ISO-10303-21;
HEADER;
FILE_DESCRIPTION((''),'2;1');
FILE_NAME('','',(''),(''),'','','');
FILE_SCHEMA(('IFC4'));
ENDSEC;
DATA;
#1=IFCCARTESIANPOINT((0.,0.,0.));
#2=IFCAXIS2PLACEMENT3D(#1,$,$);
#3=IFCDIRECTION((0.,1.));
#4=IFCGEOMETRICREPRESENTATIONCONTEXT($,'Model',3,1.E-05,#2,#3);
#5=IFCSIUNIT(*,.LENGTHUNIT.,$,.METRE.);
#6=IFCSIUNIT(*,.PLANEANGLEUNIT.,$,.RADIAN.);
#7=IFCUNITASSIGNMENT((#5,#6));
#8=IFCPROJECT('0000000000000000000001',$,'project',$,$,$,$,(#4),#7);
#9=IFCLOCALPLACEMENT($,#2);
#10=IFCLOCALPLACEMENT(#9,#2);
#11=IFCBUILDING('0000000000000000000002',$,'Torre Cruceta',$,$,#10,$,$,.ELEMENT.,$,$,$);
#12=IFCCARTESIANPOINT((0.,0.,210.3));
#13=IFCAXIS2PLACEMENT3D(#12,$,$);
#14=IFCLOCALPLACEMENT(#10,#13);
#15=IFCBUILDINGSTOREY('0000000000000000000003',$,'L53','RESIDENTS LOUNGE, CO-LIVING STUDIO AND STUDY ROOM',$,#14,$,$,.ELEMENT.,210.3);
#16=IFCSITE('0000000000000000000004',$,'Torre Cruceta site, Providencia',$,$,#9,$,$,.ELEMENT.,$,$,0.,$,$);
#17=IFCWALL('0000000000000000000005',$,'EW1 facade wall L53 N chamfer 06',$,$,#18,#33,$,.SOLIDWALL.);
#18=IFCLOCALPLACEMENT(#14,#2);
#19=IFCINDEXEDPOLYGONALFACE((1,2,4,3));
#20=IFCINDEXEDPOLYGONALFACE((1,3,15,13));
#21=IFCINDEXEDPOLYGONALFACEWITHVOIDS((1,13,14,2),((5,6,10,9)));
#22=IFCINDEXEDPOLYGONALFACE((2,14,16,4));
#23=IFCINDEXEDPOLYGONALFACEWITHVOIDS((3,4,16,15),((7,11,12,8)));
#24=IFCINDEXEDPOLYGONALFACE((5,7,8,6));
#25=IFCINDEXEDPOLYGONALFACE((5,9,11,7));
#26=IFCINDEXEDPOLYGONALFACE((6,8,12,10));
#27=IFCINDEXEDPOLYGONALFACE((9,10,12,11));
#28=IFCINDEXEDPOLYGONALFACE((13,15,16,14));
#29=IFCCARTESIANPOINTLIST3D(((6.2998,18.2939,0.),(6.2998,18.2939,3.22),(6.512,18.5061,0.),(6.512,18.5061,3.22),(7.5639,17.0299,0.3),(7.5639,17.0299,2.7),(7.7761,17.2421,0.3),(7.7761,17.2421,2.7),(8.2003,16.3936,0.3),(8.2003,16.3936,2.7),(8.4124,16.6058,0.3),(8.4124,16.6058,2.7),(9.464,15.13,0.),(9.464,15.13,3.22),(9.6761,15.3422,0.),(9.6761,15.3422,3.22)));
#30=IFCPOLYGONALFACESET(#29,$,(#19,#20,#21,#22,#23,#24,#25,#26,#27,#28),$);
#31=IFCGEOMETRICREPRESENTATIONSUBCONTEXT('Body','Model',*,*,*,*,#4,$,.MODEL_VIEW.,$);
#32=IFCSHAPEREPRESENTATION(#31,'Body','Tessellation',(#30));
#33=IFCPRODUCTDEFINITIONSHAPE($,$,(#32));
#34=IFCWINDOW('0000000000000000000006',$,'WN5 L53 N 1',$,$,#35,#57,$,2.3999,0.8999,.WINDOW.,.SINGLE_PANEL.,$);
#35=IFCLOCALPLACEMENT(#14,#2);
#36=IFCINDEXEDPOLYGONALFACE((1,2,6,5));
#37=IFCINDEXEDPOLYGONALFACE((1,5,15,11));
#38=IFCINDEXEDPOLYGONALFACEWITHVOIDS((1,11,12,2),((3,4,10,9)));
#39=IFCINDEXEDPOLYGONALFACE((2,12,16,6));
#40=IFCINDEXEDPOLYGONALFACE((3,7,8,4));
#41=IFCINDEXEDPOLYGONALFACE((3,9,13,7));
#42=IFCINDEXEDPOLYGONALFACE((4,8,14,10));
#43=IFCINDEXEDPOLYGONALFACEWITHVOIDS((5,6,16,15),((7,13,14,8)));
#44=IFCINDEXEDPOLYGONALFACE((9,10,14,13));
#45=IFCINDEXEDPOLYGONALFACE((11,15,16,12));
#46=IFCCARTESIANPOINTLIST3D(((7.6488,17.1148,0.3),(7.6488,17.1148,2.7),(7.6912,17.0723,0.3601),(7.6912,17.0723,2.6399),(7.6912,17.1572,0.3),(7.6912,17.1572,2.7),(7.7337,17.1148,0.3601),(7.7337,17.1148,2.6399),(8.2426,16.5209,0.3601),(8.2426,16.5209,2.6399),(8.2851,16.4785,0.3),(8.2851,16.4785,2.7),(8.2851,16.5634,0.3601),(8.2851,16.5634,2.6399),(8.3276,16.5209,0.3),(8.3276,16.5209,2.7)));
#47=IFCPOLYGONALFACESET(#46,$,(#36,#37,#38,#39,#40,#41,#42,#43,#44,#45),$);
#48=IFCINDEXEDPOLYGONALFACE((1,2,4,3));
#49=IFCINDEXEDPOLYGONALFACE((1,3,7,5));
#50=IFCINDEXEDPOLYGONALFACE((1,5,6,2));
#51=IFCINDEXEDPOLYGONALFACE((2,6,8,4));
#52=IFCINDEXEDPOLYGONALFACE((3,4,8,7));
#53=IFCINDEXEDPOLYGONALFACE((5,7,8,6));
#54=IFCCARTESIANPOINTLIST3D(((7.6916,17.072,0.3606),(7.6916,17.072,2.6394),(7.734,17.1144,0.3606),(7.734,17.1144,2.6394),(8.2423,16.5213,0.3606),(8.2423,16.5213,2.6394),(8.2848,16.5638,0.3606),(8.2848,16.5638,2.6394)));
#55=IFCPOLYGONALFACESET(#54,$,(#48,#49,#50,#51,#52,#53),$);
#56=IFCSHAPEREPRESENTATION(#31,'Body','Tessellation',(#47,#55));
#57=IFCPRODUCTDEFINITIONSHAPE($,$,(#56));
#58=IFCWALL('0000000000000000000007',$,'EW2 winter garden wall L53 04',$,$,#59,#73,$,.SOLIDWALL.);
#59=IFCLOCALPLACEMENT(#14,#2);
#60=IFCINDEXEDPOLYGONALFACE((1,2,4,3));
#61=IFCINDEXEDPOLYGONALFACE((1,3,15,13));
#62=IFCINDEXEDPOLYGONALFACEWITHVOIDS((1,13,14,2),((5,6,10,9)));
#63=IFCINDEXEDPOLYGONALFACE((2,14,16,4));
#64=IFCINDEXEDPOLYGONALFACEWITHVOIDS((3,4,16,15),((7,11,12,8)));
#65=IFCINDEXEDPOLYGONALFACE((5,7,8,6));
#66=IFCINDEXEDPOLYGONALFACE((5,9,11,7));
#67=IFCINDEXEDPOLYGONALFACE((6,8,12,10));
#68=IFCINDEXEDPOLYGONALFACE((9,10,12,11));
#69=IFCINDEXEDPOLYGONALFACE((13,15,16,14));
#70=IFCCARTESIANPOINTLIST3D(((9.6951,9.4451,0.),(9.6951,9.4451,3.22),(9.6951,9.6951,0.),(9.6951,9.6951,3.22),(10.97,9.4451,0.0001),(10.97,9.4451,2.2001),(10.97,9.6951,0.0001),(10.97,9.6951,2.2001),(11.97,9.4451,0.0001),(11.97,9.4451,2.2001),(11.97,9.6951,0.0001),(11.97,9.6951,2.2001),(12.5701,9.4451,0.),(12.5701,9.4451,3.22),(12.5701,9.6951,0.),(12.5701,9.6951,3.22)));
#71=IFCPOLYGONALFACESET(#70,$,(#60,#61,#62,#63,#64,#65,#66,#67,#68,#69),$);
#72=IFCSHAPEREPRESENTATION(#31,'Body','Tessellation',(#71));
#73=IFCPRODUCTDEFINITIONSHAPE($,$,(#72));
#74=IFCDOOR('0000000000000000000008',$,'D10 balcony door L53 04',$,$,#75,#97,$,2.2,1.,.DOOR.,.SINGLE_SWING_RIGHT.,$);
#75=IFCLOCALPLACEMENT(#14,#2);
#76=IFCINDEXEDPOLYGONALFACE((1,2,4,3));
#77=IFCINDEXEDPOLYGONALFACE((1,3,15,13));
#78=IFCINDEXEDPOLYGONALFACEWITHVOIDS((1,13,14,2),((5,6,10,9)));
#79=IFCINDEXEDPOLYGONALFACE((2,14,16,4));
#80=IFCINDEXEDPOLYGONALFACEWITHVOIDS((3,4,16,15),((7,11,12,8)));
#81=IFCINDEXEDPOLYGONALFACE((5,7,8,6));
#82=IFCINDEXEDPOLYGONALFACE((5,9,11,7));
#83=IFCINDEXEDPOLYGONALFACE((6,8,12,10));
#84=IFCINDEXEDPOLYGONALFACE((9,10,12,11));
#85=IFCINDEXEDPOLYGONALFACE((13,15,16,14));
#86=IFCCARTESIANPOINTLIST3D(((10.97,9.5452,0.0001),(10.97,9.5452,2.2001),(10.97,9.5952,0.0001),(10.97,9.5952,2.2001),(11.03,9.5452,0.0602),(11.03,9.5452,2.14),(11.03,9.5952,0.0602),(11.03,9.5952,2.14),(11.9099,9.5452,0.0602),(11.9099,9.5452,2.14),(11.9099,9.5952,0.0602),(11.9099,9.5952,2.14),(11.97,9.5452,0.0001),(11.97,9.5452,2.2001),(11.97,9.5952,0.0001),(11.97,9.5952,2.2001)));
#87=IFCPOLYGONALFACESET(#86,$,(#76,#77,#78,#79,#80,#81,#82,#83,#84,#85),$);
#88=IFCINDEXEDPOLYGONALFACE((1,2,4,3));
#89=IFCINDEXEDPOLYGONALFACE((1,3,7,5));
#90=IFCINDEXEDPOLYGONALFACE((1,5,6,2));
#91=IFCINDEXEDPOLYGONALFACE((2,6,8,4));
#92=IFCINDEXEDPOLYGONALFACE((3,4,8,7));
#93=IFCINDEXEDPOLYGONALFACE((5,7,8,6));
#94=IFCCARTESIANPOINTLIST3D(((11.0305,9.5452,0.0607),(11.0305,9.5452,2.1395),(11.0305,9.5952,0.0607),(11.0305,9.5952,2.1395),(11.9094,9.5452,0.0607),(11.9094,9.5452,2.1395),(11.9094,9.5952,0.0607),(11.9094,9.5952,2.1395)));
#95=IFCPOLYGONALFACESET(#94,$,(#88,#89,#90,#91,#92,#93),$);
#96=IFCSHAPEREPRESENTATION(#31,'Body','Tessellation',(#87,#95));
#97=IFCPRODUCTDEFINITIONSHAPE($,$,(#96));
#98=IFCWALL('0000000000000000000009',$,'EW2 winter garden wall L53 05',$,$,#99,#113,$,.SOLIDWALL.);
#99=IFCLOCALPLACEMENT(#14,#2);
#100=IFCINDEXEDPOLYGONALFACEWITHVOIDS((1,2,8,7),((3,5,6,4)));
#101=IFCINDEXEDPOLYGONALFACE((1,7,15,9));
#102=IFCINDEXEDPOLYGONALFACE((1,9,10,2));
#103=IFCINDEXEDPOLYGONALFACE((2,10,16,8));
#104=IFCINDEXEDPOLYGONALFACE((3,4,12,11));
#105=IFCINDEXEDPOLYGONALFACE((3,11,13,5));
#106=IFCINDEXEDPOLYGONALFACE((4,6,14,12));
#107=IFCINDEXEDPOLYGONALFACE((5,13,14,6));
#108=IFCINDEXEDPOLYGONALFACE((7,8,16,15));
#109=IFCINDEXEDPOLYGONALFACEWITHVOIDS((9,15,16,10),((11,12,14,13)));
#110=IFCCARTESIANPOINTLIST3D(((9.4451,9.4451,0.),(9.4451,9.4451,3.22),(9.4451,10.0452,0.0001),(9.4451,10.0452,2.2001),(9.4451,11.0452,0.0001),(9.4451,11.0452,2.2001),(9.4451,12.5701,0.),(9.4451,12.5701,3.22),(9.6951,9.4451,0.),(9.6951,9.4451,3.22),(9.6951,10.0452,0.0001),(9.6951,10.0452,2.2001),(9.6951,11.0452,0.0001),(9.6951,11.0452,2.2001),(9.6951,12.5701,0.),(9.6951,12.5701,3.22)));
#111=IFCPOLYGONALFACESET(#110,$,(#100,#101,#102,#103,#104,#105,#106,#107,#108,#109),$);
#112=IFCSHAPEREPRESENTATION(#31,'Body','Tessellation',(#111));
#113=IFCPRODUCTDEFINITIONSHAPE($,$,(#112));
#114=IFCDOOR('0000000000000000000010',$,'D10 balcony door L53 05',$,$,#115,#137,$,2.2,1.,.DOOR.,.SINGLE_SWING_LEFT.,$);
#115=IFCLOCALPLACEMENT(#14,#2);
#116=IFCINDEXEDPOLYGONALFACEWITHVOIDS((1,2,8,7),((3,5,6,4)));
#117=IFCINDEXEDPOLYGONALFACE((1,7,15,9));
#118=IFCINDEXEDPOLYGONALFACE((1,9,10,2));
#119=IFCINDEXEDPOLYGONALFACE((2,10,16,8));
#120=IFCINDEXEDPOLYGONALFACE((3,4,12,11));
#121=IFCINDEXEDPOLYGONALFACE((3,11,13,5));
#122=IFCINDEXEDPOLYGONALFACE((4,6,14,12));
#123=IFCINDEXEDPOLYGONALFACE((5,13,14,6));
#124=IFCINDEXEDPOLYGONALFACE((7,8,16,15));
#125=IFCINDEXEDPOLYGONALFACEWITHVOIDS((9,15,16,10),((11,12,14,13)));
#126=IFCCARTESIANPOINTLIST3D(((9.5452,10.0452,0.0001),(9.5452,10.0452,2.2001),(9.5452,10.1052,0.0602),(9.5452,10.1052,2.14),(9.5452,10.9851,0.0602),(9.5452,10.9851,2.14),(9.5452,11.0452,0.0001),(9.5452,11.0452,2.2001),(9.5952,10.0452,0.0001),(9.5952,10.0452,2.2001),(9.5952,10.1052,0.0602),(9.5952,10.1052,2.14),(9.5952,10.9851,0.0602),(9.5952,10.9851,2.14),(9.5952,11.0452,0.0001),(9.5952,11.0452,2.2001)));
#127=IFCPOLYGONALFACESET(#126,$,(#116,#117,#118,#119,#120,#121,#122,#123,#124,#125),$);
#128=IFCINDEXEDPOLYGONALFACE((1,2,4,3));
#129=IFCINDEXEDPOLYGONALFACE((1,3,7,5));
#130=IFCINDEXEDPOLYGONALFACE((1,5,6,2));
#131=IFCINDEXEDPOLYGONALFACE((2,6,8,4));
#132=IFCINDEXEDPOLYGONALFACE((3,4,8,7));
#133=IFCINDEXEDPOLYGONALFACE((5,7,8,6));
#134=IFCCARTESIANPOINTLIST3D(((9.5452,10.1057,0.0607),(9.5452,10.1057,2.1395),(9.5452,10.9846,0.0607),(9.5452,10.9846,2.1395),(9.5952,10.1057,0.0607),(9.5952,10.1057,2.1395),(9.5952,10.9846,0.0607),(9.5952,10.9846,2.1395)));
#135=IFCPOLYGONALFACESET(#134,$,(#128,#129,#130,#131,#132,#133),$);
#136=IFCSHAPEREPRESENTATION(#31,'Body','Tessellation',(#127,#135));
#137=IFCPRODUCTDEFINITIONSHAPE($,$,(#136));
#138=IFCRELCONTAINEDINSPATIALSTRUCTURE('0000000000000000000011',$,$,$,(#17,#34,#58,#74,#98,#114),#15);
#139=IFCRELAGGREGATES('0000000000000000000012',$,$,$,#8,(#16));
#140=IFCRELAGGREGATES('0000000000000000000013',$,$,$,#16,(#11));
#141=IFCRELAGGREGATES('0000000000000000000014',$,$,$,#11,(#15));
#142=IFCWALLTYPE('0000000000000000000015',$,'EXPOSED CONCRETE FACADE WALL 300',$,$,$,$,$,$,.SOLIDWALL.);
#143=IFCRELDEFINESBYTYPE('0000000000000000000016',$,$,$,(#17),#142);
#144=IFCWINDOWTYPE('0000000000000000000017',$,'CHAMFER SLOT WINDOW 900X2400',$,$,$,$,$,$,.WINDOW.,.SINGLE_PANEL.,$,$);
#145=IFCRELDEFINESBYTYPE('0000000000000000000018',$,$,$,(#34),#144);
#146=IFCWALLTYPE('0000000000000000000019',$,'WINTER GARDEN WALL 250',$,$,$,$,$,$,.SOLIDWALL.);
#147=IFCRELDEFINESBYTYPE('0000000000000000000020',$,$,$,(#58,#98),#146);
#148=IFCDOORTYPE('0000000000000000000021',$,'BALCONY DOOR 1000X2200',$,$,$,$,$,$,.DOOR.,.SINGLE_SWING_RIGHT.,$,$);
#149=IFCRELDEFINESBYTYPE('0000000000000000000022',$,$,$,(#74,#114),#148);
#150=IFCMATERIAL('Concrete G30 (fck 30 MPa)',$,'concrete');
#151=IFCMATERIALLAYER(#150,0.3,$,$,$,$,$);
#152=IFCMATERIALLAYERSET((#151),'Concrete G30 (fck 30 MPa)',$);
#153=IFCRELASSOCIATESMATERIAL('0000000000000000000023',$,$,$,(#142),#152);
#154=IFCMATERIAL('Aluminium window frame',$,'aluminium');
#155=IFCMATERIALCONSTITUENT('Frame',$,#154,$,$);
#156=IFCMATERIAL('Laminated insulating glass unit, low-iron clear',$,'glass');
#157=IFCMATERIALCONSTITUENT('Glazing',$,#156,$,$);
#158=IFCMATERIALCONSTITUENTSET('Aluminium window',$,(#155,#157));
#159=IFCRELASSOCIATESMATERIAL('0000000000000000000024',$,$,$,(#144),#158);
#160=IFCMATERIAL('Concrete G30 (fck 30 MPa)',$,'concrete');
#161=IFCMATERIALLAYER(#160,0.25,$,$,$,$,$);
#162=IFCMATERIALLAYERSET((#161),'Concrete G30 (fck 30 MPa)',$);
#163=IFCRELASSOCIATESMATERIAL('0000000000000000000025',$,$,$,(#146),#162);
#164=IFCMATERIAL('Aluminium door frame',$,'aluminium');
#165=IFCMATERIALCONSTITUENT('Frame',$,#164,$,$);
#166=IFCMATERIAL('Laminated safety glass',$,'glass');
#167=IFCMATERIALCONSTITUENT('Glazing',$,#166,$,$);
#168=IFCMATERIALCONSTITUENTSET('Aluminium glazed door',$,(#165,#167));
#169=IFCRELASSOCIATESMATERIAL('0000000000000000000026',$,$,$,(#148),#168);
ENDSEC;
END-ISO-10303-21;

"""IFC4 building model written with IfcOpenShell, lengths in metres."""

from ifc_helpers import new_model, si_unit, direction, frame, frame_2d, origin, place, context, subcontext, project, spatial, rectangle, hollow_rectangle, extrude, material, layer, layer_set, constituent, constituent_set, type_object, element, fill, save


model = new_model("IFC4")

# Units and contexts
model_context = context("Model", 3, precision=1e-05, world=origin(), true_north=direction((0.0, 1.0)))
body_context = subcontext(model_context, "Body", "Model", "MODEL_VIEW")
ifc_project = project(units=[si_unit("LENGTHUNIT", "METRE"), si_unit("PLANEANGLEUNIT", "RADIAN")], contexts=[model_context])

# Site, building, storey
site_placement = place(None, origin())
site = spatial("IfcSite", under=ifc_project, at=site_placement, Name="Torre Cruceta site, Providencia", CompositionType="ELEMENT", RefElevation=0.0)
building_placement = place(site_placement, origin())
building = spatial("IfcBuilding", under=site, at=building_placement, Name="Torre Cruceta", CompositionType="ELEMENT")
storey_placement = place(building_placement, frame((0.0, 0.0, 210.3)))
storey = spatial("IfcBuildingStorey", under=building, at=storey_placement, Name="L53", Description="RESIDENTS LOUNGE, CO-LIVING STUDIO AND STUDY ROOM", CompositionType="ELEMENT", Elevation=210.3)

# Wall, opening, window
ifc_material_1 = material(Name="Concrete G30 (fck 30 MPa)", Category="concrete")
ifc_layer_1 = layer(ifc_material_1, 0.3)
ifc_layer_set_1 = layer_set([ifc_layer_1], Name="Concrete G30 (fck 30 MPa)")
wall_type_1 = type_object("IfcWallType", Name="EXPOSED CONCRETE FACADE WALL 300", PredefinedType="SOLIDWALL", material=ifc_layer_set_1)
ifc_material_2 = material(Name="Aluminium window frame", Category="aluminium")
ifc_constituent_1 = constituent(ifc_material_2, Name="Frame")
ifc_material_3 = material(Name="Laminated insulating glass unit, low-iron clear", Category="glass")
ifc_constituent_2 = constituent(ifc_material_3, Name="Glazing")
ifc_constituent_set_1 = constituent_set(constituents=[ifc_constituent_1, ifc_constituent_2], Name="Aluminium window")
window_type = type_object("IfcWindowType", Name="CHAMFER SLOT WINDOW 900X2400", PartitioningType="SINGLE_PANEL", PredefinedType="WINDOW", material=ifc_constituent_set_1)
wall_1_placement = place(storey_placement, frame((9.5701, 15.2361, 0.0), z_axis=(0.0, 0.0, 1.0), x_axis=(-0.707134, 0.707079, 0.0)))
wall_1 = element("IfcWall", 1, at=wall_1_placement, inside=storey, type_object=wall_type_1, Name="EW1 facade wall L53 N chamfer 06", PredefinedType="SOLIDWALL", context=body_context, shape_type="SweptSolid", body=[
    extrude(rectangle(XDim=4.4746, YDim=0.3, at=frame_2d((2.2373, 0.0))), origin(), (0.0, 0.0, 1.0), 3.22),
])
opening_1_placement = place(wall_1_placement, frame((1.7871, 0.0, 0.3)))
opening_1 = element("IfcOpeningElement", 2, at=opening_1_placement, cuts=wall_1, PredefinedType="OPENING", context=body_context, shape_type="SweptSolid", body=[
    extrude(rectangle(XDim=0.8999, YDim=2.3999, at=frame_2d((0.45, 1.2))), frame((0.0, 0.1599, 0.0), z_axis=(0.0, -1.0, 0.0), x_axis=(1.0, 0.0, 0.0)), (0.0, 0.0, 1.0), 0.3201),
])
window_1_placement = place(opening_1_placement, origin())
window_1 = element("IfcWindow", 3, at=window_1_placement, inside=storey, type_object=window_type, Name="WN5 L53 N 1", OverallHeight=2.3999, OverallWidth=0.8999, PartitioningType="SINGLE_PANEL", PredefinedType="WINDOW", context=body_context, shape_type="SweptSolid", body=[
    extrude(hollow_rectangle(XDim=0.8999, YDim=2.3999, WallThickness=0.0601, at=frame_2d((0.45, 1.2))), frame((0.0, 0.03, 0.0), z_axis=(0.0, -1.0, 0.0), x_axis=(1.0, 0.0, 0.0)), (0.0, 0.0, 1.0), 0.0601),
    extrude(rectangle(XDim=0.7788, YDim=2.2788, at=frame_2d((0.45, 1.2))), frame((0.0, 0.03, 0.0), z_axis=(0.0, -1.0, 0.0), x_axis=(1.0, 0.0, 0.0)), (0.0, 0.0, 1.0), 0.0601),
])
fill(opening_1, window_1)

# Walls, openings, doors
ifc_material_4 = material(Name="Concrete G30 (fck 30 MPa)", Category="concrete")
ifc_layer_2 = layer(ifc_material_4, 0.25)
ifc_layer_set_2 = layer_set([ifc_layer_2], Name="Concrete G30 (fck 30 MPa)")
wall_type_2 = type_object("IfcWallType", Name="WINTER GARDEN WALL 250", PredefinedType="SOLIDWALL", material=ifc_layer_set_2)
wall_2_placement = place(storey_placement, frame((12.5701, 9.5701, 0.0), z_axis=(0.0, 0.0, 1.0), x_axis=(-1.0, 0.0, 0.0)))
wall_2 = element("IfcWall", 4, at=wall_2_placement, inside=storey, type_object=wall_type_2, Name="EW2 winter garden wall L53 04", PredefinedType="SOLIDWALL", context=body_context, shape_type="SweptSolid", body=[
    extrude(rectangle(XDim=2.875, YDim=0.25, at=frame_2d((1.4375, 0.0))), origin(), (0.0, 0.0, 1.0), 3.22),
])
opening_2_placement = place(wall_2_placement, frame((0.6001, 0.0, 0.0)))
opening_2 = element("IfcOpeningElement", 5, at=opening_2_placement, cuts=wall_2, PredefinedType="OPENING", context=body_context, shape_type="SweptSolid", body=[
    extrude(rectangle(XDim=1.0, YDim=2.2, at=frame_2d((0.5, 1.1001))), frame((0.0, 0.135, 0.0), z_axis=(0.0, -1.0, 0.0), x_axis=(1.0, 0.0, 0.0)), (0.0, 0.0, 1.0), 0.27),
])
ifc_material_5 = material(Name="Aluminium door frame", Category="aluminium")
ifc_constituent_3 = constituent(ifc_material_5, Name="Frame")
ifc_material_6 = material(Name="Laminated safety glass", Category="glass")
ifc_constituent_4 = constituent(ifc_material_6, Name="Glazing")
ifc_constituent_set_2 = constituent_set(constituents=[ifc_constituent_3, ifc_constituent_4], Name="Aluminium glazed door")
door_type_1 = type_object("IfcDoorType", Name="BALCONY DOOR 1000X2200", OperationType="SINGLE_SWING_RIGHT", PredefinedType="DOOR", material=ifc_constituent_set_2)
door_1_placement = place(opening_2_placement, origin())
door_1 = element("IfcDoor", 6, at=door_1_placement, inside=storey, type_object=door_type_1, Name="D10 balcony door L53 04", OperationType="SINGLE_SWING_RIGHT", OverallHeight=2.2, OverallWidth=1.0, PredefinedType="DOOR", context=body_context, shape_type="SweptSolid", body=[
    extrude(hollow_rectangle(XDim=1.0, YDim=2.2, WallThickness=0.0601, at=frame_2d((0.5, 1.1001))), frame((0.0, 0.0249, 0.0), z_axis=(0.0, -1.0, 0.0), x_axis=(1.0, 0.0, 0.0)), (0.0, 0.0, 1.0), 0.05),
    extrude(rectangle(XDim=0.8789, YDim=2.0789, at=frame_2d((0.5, 1.1001))), frame((0.0, 0.0249, 0.0), z_axis=(0.0, -1.0, 0.0), x_axis=(1.0, 0.0, 0.0)), (0.0, 0.0, 1.0), 0.05),
])
fill(opening_2, door_1)
wall_3_placement = place(storey_placement, frame((9.5701, 9.4451, 0.0), z_axis=(0.0, 0.0, 1.0), x_axis=(0.0, 1.0, 0.0)))
wall_3 = element("IfcWall", 7, at=wall_3_placement, inside=storey, type_object=wall_type_2, Name="EW2 winter garden wall L53 05", PredefinedType="SOLIDWALL", context=body_context, shape_type="SweptSolid", body=[
    extrude(rectangle(XDim=3.125, YDim=0.25, at=frame_2d((1.5625, 0.0))), origin(), (0.0, 0.0, 1.0), 3.22),
])
opening_3_placement = place(wall_3_placement, frame((0.6001, 0.0, 0.0)))
opening_3 = element("IfcOpeningElement", 8, at=opening_3_placement, cuts=wall_3, PredefinedType="OPENING", context=body_context, shape_type="SweptSolid", body=[
    extrude(rectangle(XDim=1.0, YDim=2.2, at=frame_2d((0.5, 1.1001))), frame((0.0, 0.135, 0.0), z_axis=(0.0, -1.0, 0.0), x_axis=(1.0, 0.0, 0.0)), (0.0, 0.0, 1.0), 0.27),
])
door_2_placement = place(opening_3_placement, origin())
door_2 = element("IfcDoor", 9, at=door_2_placement, inside=storey, type_object=door_type_1, Name="D10 balcony door L53 05", OperationType="SINGLE_SWING_LEFT", OverallHeight=2.2, OverallWidth=1.0, PredefinedType="DOOR", context=body_context, shape_type="SweptSolid", body=[
    extrude(hollow_rectangle(XDim=1.0, YDim=2.2, WallThickness=0.0601, at=frame_2d((0.5, 1.1001))), frame((0.0, 0.0249, 0.0), z_axis=(0.0, -1.0, 0.0), x_axis=(1.0, 0.0, 0.0)), (0.0, 0.0, 1.0), 0.05),
    extrude(rectangle(XDim=0.8789, YDim=2.0789, at=frame_2d((0.5, 1.1001))), frame((0.0, 0.0249, 0.0), z_axis=(0.0, -1.0, 0.0), x_axis=(1.0, 0.0, 0.0)), (0.0, 0.0, 1.0), 0.05),
])
fill(opening_3, door_2)

save(model, "model.ifc")
